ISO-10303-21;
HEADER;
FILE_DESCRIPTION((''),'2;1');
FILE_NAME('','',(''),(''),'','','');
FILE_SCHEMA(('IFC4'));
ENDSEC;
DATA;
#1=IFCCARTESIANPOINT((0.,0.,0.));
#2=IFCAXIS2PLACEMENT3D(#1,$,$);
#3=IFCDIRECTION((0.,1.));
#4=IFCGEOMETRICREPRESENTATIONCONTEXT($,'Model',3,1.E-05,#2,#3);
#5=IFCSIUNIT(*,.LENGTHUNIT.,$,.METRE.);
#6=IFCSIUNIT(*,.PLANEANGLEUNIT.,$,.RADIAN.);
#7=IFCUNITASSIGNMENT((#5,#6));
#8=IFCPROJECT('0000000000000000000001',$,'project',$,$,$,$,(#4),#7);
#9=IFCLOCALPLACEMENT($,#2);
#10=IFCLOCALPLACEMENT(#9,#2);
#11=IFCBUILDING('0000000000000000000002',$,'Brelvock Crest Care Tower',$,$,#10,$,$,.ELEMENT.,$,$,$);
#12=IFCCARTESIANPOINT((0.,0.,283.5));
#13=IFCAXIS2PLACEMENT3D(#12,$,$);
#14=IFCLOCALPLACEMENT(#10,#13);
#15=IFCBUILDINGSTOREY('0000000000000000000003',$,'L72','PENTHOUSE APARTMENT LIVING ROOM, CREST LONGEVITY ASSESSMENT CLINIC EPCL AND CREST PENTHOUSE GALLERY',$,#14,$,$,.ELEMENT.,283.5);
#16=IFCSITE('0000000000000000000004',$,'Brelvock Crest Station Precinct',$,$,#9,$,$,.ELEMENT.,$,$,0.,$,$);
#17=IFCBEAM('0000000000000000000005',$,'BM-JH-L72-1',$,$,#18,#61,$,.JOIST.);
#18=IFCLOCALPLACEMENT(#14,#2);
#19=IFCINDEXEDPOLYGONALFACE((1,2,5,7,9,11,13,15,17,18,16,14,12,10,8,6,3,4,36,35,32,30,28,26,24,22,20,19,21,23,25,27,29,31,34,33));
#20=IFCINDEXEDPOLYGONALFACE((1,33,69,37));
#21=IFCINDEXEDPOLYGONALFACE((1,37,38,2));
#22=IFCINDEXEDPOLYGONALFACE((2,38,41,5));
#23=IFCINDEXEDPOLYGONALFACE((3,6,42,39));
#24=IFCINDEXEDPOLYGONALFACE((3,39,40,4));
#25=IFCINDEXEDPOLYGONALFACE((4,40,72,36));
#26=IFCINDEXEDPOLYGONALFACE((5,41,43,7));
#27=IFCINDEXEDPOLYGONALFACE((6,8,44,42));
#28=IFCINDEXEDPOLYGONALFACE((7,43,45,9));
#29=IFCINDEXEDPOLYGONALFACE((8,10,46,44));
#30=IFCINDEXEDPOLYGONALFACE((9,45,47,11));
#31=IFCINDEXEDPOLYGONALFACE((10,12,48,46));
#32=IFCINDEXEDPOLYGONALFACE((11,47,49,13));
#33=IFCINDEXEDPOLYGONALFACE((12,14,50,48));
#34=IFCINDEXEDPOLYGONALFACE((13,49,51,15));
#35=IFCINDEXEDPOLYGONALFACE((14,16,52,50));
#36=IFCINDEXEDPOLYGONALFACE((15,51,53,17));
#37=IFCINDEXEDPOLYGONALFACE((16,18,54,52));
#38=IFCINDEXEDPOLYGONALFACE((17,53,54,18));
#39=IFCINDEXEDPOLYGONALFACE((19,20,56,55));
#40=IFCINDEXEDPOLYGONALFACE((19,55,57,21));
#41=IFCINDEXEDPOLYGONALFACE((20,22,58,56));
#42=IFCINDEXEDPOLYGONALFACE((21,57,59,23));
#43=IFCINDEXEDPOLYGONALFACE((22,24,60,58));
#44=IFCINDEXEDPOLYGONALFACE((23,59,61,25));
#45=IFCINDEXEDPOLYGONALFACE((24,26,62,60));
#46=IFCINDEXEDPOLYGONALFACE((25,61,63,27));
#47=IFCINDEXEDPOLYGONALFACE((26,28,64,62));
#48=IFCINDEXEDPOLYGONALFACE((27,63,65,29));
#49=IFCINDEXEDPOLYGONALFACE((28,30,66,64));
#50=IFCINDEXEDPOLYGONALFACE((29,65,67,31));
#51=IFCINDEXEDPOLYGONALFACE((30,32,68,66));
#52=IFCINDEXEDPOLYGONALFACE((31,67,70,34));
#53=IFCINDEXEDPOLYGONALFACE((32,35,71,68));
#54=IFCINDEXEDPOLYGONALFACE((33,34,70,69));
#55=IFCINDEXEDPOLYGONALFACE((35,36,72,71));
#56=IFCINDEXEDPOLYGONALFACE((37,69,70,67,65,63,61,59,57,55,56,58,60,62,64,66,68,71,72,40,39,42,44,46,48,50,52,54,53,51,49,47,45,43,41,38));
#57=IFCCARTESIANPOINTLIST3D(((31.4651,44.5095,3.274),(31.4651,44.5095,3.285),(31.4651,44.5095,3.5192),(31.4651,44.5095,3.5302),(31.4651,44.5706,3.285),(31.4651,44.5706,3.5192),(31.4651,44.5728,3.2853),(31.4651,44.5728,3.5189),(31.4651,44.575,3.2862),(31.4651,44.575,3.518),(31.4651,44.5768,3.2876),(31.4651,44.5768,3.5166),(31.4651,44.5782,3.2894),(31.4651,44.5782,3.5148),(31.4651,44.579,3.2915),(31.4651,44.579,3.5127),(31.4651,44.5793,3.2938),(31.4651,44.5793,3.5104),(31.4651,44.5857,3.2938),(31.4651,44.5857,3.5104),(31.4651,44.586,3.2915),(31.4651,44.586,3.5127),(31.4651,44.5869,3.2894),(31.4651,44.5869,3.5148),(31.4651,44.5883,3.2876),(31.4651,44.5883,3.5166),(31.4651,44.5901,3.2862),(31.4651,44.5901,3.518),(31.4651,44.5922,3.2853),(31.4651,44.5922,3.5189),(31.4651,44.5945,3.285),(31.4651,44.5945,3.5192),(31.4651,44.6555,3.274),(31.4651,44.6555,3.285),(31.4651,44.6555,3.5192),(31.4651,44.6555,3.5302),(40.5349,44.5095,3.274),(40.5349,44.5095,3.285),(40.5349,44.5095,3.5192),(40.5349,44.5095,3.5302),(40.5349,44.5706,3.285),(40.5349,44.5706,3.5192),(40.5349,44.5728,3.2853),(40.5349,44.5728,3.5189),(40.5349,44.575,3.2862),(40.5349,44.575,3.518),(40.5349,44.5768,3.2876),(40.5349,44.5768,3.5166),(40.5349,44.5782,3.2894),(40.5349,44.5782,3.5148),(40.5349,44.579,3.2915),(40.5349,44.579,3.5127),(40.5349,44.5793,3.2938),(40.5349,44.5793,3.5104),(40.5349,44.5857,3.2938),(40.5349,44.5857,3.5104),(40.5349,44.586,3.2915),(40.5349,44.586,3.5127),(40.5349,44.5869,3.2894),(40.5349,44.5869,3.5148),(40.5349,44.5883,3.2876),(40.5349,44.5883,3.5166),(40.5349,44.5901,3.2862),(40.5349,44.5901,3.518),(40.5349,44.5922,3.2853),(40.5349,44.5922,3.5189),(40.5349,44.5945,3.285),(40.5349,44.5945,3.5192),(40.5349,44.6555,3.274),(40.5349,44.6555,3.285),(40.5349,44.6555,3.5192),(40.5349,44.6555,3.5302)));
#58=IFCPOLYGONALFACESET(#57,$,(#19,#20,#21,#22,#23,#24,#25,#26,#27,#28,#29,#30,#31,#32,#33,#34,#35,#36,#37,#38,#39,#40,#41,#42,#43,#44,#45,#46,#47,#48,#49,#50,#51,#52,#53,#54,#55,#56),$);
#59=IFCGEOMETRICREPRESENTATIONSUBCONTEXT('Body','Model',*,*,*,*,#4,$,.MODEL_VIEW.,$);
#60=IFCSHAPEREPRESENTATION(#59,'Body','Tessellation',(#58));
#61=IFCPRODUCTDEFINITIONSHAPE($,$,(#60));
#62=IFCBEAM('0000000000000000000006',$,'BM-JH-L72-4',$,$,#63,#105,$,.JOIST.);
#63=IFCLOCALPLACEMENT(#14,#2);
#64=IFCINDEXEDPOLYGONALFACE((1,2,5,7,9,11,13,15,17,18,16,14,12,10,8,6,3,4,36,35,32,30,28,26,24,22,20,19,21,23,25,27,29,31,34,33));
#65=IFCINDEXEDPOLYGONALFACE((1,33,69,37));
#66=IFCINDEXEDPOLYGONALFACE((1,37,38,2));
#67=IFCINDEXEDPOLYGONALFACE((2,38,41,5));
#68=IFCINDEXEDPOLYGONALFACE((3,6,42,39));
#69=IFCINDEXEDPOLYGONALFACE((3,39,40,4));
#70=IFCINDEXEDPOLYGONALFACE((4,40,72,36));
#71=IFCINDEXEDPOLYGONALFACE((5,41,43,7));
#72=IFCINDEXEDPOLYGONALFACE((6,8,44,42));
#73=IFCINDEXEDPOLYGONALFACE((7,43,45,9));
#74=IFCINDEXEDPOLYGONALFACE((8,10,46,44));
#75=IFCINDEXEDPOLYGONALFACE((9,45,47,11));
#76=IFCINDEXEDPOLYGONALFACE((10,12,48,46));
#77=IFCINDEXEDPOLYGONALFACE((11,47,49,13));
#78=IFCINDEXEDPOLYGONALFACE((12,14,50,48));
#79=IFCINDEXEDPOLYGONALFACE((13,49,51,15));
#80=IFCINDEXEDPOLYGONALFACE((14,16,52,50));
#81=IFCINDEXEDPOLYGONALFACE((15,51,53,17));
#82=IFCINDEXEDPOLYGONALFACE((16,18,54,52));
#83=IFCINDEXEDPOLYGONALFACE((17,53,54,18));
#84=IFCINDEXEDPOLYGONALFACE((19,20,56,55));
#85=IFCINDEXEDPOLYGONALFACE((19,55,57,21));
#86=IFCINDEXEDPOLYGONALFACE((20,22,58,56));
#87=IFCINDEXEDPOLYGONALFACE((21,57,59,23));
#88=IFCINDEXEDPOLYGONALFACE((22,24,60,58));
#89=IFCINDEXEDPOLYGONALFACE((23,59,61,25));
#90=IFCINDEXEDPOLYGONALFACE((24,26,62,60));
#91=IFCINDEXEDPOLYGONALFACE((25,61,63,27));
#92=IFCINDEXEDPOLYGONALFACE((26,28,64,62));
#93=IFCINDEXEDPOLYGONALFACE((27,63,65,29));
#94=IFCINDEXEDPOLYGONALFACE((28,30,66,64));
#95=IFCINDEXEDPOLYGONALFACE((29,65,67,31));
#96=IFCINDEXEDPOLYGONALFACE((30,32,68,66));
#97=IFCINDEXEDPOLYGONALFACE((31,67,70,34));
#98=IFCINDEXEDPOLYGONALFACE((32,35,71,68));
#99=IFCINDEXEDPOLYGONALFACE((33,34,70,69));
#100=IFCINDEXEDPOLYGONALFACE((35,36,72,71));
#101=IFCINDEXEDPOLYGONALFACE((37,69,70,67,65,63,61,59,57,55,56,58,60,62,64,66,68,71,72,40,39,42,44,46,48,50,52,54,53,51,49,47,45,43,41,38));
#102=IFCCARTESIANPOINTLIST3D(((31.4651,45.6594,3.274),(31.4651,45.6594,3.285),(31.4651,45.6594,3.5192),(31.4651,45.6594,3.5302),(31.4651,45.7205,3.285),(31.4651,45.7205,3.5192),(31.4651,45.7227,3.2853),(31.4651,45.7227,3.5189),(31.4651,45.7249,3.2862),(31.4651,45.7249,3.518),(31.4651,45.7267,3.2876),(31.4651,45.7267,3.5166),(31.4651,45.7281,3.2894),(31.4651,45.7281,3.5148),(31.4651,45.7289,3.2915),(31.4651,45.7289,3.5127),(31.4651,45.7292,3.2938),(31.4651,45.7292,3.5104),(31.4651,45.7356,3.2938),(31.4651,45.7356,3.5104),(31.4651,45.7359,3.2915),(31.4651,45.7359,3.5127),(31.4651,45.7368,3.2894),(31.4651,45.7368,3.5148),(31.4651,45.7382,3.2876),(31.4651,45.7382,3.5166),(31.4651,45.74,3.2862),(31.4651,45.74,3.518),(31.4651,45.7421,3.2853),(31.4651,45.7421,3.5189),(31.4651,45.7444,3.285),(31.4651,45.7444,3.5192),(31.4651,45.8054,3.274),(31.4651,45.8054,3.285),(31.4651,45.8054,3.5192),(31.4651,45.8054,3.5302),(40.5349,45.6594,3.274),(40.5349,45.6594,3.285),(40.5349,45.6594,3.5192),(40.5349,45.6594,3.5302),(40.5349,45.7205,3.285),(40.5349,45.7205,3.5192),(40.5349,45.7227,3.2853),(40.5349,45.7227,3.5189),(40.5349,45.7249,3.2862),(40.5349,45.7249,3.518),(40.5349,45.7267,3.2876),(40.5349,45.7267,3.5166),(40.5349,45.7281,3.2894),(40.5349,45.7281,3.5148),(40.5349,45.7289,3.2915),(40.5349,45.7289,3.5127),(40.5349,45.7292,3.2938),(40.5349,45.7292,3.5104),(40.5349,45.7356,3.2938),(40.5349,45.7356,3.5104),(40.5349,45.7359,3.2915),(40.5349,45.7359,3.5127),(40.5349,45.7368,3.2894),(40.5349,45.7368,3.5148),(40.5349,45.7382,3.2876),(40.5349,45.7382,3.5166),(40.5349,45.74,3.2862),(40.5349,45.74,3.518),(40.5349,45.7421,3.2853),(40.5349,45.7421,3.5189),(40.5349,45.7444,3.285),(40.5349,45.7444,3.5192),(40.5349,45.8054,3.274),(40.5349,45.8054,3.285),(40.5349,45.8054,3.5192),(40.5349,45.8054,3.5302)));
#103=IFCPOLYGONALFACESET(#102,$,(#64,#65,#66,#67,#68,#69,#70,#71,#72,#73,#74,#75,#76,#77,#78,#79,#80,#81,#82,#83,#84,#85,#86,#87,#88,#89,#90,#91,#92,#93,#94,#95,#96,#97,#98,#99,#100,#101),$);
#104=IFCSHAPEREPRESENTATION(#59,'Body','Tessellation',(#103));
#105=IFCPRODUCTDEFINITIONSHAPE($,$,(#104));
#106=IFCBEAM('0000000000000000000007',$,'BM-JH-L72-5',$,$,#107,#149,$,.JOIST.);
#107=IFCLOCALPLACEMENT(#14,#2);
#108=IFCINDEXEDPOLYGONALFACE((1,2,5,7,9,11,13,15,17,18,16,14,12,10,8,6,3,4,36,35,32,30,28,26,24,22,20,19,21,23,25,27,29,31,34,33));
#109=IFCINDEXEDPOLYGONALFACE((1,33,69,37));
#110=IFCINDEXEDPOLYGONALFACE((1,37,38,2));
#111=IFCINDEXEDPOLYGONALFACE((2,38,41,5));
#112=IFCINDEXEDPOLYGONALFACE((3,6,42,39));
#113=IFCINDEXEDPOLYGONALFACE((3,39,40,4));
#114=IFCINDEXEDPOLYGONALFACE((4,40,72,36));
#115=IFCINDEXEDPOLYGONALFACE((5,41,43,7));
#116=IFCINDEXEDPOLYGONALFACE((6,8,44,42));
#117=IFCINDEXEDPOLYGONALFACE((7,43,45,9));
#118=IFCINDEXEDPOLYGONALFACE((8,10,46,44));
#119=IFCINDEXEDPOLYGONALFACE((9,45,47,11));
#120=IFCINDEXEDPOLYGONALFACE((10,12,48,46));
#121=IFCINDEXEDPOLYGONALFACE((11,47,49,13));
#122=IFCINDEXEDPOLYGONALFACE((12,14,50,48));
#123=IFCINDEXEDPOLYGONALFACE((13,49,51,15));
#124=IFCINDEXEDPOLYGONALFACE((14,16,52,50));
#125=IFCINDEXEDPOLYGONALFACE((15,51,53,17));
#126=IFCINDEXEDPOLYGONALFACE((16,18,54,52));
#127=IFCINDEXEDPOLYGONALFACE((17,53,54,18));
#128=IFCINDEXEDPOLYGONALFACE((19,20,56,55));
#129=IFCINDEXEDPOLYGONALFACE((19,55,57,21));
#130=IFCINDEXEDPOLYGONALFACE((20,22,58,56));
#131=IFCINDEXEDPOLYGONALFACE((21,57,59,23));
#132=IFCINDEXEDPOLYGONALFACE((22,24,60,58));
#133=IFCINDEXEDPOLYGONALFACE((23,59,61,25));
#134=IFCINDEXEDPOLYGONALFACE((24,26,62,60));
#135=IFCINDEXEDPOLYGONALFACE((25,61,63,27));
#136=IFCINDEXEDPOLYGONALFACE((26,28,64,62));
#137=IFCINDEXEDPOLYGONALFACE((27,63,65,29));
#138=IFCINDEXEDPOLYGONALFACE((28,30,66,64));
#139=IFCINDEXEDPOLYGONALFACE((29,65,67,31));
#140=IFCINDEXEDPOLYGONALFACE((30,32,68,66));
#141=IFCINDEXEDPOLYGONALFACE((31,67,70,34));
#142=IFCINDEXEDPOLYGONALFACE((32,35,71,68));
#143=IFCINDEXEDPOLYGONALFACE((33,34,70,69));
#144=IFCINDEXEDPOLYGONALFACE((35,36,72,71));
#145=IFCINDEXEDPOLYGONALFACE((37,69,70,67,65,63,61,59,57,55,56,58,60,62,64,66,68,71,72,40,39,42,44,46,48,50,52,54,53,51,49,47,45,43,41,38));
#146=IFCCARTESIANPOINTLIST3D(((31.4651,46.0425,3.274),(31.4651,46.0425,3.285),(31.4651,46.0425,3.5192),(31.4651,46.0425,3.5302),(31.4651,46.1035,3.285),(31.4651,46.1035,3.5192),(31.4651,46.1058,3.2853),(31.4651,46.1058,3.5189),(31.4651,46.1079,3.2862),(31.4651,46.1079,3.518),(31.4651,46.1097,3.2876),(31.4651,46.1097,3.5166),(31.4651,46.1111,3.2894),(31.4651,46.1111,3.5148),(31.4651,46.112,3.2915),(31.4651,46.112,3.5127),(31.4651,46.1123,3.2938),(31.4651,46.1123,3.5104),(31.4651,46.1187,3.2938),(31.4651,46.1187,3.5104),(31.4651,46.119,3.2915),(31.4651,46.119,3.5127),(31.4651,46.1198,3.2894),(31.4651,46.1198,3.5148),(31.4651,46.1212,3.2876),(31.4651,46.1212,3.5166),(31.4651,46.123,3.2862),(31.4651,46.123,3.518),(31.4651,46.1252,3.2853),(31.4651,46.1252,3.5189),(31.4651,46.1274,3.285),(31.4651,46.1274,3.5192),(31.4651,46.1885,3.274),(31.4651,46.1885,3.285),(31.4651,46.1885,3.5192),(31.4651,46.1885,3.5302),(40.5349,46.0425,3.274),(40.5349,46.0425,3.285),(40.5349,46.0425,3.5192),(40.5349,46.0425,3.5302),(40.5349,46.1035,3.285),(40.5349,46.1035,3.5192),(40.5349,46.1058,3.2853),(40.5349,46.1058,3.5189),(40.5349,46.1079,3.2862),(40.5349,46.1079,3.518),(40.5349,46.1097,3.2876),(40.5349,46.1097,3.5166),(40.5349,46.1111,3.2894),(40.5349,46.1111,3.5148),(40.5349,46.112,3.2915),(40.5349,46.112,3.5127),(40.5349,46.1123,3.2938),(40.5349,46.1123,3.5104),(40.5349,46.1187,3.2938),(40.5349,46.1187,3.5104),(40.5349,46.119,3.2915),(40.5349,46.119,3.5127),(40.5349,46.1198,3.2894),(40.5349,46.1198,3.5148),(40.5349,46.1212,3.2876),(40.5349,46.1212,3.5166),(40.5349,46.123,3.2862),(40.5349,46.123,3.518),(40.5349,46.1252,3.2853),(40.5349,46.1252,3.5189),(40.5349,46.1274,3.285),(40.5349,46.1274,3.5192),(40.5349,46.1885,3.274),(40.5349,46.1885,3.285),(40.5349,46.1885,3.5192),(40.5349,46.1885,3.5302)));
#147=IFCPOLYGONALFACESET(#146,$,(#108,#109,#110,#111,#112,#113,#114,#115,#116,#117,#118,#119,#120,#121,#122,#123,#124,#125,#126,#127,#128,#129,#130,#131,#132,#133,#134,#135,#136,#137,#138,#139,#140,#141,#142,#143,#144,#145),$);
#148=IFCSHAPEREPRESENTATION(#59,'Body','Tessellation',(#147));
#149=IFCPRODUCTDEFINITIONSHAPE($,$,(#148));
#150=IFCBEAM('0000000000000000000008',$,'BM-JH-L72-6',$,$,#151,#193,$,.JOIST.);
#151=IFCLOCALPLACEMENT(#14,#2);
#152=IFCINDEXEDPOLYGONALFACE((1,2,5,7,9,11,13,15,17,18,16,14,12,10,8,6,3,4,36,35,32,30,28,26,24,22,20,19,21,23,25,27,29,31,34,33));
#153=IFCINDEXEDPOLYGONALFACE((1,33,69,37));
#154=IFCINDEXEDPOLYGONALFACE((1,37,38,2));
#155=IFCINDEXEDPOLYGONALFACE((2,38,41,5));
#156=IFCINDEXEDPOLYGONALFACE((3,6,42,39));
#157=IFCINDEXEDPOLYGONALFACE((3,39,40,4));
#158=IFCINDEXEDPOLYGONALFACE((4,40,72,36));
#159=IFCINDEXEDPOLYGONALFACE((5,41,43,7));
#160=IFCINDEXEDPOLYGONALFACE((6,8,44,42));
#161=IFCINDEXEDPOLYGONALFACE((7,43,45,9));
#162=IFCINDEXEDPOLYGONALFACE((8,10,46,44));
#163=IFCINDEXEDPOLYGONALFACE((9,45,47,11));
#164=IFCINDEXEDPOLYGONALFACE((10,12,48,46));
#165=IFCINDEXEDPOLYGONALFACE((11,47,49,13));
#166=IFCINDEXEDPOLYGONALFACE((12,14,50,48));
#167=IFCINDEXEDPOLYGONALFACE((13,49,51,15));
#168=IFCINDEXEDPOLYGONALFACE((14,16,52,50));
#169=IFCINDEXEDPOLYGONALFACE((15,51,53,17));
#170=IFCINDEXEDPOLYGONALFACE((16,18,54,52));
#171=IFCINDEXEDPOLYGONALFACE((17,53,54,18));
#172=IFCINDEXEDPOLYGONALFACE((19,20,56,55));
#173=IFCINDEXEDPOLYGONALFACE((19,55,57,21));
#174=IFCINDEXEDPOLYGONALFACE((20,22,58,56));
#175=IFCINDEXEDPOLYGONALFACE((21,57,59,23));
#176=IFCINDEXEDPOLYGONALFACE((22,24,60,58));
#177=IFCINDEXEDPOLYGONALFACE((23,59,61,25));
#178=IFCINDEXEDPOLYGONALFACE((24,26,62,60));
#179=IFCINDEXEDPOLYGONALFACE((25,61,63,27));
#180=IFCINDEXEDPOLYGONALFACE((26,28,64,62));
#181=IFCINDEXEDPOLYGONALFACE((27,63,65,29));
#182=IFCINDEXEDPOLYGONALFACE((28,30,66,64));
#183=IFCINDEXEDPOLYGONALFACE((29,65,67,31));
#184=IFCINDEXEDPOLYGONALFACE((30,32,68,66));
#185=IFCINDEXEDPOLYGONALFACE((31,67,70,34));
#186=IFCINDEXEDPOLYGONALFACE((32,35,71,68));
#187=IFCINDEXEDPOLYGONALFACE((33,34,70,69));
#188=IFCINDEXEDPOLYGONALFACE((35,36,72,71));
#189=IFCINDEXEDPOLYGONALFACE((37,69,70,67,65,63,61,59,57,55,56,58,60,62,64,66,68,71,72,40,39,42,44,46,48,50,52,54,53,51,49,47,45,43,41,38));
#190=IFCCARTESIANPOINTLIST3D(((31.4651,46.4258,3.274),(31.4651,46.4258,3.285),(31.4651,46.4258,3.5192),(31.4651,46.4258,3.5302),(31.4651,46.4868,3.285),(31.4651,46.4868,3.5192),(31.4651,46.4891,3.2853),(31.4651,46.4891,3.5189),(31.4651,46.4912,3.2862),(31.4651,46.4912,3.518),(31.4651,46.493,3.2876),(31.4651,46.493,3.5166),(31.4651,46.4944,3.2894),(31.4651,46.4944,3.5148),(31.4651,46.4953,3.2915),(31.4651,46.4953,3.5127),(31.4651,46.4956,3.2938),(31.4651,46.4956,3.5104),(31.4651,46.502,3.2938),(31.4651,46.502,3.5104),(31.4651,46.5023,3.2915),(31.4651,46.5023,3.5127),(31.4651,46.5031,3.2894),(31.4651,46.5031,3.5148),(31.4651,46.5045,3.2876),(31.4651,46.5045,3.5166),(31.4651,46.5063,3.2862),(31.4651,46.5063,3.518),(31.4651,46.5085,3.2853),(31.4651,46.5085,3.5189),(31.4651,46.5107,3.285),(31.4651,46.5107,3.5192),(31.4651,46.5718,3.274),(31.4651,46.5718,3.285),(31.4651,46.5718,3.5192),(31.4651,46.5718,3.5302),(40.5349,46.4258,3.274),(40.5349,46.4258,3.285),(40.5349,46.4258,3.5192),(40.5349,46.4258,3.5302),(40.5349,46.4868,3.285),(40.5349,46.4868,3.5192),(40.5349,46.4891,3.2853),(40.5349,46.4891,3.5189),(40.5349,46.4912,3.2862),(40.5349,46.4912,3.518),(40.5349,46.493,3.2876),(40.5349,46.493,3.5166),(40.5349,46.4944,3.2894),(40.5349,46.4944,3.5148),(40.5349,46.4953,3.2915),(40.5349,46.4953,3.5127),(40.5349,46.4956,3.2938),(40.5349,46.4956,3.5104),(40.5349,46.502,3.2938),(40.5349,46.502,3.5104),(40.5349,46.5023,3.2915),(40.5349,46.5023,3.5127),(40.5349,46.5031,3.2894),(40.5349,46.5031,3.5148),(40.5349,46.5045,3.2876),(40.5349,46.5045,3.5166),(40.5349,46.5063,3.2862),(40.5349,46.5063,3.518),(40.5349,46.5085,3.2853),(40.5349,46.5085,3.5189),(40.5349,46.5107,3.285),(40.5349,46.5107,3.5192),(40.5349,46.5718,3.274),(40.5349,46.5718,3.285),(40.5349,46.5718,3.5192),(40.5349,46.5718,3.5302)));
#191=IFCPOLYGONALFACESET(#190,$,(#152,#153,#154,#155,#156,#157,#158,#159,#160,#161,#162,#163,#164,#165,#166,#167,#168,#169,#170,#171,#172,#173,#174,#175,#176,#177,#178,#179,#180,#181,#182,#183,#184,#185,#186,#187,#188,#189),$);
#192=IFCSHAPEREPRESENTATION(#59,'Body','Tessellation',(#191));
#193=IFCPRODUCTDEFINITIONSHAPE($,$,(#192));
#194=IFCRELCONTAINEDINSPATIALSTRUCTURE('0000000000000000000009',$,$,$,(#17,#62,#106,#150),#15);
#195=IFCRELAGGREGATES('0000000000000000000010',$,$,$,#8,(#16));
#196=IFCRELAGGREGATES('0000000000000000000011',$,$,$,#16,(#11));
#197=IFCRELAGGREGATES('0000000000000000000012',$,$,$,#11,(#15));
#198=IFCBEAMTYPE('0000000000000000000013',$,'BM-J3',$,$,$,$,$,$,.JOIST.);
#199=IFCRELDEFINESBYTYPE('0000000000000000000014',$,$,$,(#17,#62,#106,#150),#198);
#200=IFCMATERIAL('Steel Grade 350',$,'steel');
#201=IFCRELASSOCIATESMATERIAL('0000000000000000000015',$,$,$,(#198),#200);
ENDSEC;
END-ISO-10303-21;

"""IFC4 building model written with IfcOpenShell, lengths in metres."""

from ifc_helpers import new_model, si_unit, direction, frame, origin, origin_2d, place, context, subcontext, project, spatial, i_section, extrude, source, transform, mapped, material, material_profile, profile_set, type_object, element, save


model = new_model("IFC4")

# Units and contexts
model_context = context("Model", 3, precision=1e-05, world=origin(), true_north=direction((0.0, 1.0)))
body_context = subcontext(model_context, "Body", "Model", "MODEL_VIEW")
ifc_project = project(units=[si_unit("LENGTHUNIT", "METRE"), si_unit("PLANEANGLEUNIT", "RADIAN")], contexts=[model_context])

# Site, building, storey
site_placement = place(None, origin())
site = spatial("IfcSite", under=ifc_project, at=site_placement, Name="Brelvock Crest Station Precinct", CompositionType="ELEMENT", RefElevation=0.0)
building_placement = place(site_placement, origin())
building = spatial("IfcBuilding", under=site, at=building_placement, Name="Brelvock Crest Care Tower", CompositionType="ELEMENT")
storey_placement = place(building_placement, frame((0.0, 0.0, 283.5)))
storey = spatial("IfcBuildingStorey", under=building, at=storey_placement, Name="L72", Description="PENTHOUSE APARTMENT LIVING ROOM, CREST LONGEVITY ASSESSMENT CLINIC EPCL AND CREST PENTHOUSE GALLERY", CompositionType="ELEMENT", Elevation=283.5)

# Beams
ifc_material_1 = material(Name="Steel Grade 350", Category="steel")
ifc_material_profile_1 = material_profile(ifc_material_1, i_section(OverallWidth=0.146, OverallDepth=0.2561, WebThickness=0.0063, FlangeThickness=0.011, FilletRadius=0.0088, at=origin_2d()), Name="250UB37.3")
ifc_profile_set_1 = profile_set([ifc_material_profile_1], Name="Steel Grade 350")
beam_type_1 = type_object("IfcBeamType", Name="BM-J3", PredefinedType="JOIST", material=ifc_profile_set_1)
shared_shape_1 = source(origin(), body_context, "Body", "SweptSolid", [
    extrude(i_section(OverallWidth=0.146, OverallDepth=0.2561, WebThickness=0.0063, FlangeThickness=0.011, FilletRadius=0.0088, at=origin_2d()), origin(), (0.0, 0.0, 1.0), 9.0698),
])
for number, where, z_axis, x_axis, name in (
    (1, (31.4651, 44.5825, 3.4021), (1.0, 0.0, 0.0), (0.0, 1.0, 0.0), "BM-JH-L72-1"),
    (2, (31.4651, 45.7324, 3.4021), (1.0, 0.0, 0.0), (0.0, 1.0, 0.0), "BM-JH-L72-4"),
    (3, (31.4651, 46.1155, 3.4021), (1.0, 0.0, 0.0), (0.0, 1.0, 0.0), "BM-JH-L72-5"),
    (4, (31.4651, 46.4988, 3.4021), (1.0, 0.0, 0.0), (0.0, 1.0, 0.0), "BM-JH-L72-6"),
):
    element("IfcBeam", number, at=place(storey_placement, frame(where, z_axis=z_axis, x_axis=x_axis)), inside=storey, type_object=beam_type_1, Name=name, PredefinedType="JOIST", context=body_context, shape_type="MappedRepresentation", body=[
        mapped(shared_shape_1, transform((0.0, 0.0, 0.0), x_axis=(1.0, 0.0, 0.0), y_axis=(0.0, 1.0, 0.0), z_axis=(0.0, 0.0, 1.0), scale=1.0)),
    ])

save(model, "model.ifc")
